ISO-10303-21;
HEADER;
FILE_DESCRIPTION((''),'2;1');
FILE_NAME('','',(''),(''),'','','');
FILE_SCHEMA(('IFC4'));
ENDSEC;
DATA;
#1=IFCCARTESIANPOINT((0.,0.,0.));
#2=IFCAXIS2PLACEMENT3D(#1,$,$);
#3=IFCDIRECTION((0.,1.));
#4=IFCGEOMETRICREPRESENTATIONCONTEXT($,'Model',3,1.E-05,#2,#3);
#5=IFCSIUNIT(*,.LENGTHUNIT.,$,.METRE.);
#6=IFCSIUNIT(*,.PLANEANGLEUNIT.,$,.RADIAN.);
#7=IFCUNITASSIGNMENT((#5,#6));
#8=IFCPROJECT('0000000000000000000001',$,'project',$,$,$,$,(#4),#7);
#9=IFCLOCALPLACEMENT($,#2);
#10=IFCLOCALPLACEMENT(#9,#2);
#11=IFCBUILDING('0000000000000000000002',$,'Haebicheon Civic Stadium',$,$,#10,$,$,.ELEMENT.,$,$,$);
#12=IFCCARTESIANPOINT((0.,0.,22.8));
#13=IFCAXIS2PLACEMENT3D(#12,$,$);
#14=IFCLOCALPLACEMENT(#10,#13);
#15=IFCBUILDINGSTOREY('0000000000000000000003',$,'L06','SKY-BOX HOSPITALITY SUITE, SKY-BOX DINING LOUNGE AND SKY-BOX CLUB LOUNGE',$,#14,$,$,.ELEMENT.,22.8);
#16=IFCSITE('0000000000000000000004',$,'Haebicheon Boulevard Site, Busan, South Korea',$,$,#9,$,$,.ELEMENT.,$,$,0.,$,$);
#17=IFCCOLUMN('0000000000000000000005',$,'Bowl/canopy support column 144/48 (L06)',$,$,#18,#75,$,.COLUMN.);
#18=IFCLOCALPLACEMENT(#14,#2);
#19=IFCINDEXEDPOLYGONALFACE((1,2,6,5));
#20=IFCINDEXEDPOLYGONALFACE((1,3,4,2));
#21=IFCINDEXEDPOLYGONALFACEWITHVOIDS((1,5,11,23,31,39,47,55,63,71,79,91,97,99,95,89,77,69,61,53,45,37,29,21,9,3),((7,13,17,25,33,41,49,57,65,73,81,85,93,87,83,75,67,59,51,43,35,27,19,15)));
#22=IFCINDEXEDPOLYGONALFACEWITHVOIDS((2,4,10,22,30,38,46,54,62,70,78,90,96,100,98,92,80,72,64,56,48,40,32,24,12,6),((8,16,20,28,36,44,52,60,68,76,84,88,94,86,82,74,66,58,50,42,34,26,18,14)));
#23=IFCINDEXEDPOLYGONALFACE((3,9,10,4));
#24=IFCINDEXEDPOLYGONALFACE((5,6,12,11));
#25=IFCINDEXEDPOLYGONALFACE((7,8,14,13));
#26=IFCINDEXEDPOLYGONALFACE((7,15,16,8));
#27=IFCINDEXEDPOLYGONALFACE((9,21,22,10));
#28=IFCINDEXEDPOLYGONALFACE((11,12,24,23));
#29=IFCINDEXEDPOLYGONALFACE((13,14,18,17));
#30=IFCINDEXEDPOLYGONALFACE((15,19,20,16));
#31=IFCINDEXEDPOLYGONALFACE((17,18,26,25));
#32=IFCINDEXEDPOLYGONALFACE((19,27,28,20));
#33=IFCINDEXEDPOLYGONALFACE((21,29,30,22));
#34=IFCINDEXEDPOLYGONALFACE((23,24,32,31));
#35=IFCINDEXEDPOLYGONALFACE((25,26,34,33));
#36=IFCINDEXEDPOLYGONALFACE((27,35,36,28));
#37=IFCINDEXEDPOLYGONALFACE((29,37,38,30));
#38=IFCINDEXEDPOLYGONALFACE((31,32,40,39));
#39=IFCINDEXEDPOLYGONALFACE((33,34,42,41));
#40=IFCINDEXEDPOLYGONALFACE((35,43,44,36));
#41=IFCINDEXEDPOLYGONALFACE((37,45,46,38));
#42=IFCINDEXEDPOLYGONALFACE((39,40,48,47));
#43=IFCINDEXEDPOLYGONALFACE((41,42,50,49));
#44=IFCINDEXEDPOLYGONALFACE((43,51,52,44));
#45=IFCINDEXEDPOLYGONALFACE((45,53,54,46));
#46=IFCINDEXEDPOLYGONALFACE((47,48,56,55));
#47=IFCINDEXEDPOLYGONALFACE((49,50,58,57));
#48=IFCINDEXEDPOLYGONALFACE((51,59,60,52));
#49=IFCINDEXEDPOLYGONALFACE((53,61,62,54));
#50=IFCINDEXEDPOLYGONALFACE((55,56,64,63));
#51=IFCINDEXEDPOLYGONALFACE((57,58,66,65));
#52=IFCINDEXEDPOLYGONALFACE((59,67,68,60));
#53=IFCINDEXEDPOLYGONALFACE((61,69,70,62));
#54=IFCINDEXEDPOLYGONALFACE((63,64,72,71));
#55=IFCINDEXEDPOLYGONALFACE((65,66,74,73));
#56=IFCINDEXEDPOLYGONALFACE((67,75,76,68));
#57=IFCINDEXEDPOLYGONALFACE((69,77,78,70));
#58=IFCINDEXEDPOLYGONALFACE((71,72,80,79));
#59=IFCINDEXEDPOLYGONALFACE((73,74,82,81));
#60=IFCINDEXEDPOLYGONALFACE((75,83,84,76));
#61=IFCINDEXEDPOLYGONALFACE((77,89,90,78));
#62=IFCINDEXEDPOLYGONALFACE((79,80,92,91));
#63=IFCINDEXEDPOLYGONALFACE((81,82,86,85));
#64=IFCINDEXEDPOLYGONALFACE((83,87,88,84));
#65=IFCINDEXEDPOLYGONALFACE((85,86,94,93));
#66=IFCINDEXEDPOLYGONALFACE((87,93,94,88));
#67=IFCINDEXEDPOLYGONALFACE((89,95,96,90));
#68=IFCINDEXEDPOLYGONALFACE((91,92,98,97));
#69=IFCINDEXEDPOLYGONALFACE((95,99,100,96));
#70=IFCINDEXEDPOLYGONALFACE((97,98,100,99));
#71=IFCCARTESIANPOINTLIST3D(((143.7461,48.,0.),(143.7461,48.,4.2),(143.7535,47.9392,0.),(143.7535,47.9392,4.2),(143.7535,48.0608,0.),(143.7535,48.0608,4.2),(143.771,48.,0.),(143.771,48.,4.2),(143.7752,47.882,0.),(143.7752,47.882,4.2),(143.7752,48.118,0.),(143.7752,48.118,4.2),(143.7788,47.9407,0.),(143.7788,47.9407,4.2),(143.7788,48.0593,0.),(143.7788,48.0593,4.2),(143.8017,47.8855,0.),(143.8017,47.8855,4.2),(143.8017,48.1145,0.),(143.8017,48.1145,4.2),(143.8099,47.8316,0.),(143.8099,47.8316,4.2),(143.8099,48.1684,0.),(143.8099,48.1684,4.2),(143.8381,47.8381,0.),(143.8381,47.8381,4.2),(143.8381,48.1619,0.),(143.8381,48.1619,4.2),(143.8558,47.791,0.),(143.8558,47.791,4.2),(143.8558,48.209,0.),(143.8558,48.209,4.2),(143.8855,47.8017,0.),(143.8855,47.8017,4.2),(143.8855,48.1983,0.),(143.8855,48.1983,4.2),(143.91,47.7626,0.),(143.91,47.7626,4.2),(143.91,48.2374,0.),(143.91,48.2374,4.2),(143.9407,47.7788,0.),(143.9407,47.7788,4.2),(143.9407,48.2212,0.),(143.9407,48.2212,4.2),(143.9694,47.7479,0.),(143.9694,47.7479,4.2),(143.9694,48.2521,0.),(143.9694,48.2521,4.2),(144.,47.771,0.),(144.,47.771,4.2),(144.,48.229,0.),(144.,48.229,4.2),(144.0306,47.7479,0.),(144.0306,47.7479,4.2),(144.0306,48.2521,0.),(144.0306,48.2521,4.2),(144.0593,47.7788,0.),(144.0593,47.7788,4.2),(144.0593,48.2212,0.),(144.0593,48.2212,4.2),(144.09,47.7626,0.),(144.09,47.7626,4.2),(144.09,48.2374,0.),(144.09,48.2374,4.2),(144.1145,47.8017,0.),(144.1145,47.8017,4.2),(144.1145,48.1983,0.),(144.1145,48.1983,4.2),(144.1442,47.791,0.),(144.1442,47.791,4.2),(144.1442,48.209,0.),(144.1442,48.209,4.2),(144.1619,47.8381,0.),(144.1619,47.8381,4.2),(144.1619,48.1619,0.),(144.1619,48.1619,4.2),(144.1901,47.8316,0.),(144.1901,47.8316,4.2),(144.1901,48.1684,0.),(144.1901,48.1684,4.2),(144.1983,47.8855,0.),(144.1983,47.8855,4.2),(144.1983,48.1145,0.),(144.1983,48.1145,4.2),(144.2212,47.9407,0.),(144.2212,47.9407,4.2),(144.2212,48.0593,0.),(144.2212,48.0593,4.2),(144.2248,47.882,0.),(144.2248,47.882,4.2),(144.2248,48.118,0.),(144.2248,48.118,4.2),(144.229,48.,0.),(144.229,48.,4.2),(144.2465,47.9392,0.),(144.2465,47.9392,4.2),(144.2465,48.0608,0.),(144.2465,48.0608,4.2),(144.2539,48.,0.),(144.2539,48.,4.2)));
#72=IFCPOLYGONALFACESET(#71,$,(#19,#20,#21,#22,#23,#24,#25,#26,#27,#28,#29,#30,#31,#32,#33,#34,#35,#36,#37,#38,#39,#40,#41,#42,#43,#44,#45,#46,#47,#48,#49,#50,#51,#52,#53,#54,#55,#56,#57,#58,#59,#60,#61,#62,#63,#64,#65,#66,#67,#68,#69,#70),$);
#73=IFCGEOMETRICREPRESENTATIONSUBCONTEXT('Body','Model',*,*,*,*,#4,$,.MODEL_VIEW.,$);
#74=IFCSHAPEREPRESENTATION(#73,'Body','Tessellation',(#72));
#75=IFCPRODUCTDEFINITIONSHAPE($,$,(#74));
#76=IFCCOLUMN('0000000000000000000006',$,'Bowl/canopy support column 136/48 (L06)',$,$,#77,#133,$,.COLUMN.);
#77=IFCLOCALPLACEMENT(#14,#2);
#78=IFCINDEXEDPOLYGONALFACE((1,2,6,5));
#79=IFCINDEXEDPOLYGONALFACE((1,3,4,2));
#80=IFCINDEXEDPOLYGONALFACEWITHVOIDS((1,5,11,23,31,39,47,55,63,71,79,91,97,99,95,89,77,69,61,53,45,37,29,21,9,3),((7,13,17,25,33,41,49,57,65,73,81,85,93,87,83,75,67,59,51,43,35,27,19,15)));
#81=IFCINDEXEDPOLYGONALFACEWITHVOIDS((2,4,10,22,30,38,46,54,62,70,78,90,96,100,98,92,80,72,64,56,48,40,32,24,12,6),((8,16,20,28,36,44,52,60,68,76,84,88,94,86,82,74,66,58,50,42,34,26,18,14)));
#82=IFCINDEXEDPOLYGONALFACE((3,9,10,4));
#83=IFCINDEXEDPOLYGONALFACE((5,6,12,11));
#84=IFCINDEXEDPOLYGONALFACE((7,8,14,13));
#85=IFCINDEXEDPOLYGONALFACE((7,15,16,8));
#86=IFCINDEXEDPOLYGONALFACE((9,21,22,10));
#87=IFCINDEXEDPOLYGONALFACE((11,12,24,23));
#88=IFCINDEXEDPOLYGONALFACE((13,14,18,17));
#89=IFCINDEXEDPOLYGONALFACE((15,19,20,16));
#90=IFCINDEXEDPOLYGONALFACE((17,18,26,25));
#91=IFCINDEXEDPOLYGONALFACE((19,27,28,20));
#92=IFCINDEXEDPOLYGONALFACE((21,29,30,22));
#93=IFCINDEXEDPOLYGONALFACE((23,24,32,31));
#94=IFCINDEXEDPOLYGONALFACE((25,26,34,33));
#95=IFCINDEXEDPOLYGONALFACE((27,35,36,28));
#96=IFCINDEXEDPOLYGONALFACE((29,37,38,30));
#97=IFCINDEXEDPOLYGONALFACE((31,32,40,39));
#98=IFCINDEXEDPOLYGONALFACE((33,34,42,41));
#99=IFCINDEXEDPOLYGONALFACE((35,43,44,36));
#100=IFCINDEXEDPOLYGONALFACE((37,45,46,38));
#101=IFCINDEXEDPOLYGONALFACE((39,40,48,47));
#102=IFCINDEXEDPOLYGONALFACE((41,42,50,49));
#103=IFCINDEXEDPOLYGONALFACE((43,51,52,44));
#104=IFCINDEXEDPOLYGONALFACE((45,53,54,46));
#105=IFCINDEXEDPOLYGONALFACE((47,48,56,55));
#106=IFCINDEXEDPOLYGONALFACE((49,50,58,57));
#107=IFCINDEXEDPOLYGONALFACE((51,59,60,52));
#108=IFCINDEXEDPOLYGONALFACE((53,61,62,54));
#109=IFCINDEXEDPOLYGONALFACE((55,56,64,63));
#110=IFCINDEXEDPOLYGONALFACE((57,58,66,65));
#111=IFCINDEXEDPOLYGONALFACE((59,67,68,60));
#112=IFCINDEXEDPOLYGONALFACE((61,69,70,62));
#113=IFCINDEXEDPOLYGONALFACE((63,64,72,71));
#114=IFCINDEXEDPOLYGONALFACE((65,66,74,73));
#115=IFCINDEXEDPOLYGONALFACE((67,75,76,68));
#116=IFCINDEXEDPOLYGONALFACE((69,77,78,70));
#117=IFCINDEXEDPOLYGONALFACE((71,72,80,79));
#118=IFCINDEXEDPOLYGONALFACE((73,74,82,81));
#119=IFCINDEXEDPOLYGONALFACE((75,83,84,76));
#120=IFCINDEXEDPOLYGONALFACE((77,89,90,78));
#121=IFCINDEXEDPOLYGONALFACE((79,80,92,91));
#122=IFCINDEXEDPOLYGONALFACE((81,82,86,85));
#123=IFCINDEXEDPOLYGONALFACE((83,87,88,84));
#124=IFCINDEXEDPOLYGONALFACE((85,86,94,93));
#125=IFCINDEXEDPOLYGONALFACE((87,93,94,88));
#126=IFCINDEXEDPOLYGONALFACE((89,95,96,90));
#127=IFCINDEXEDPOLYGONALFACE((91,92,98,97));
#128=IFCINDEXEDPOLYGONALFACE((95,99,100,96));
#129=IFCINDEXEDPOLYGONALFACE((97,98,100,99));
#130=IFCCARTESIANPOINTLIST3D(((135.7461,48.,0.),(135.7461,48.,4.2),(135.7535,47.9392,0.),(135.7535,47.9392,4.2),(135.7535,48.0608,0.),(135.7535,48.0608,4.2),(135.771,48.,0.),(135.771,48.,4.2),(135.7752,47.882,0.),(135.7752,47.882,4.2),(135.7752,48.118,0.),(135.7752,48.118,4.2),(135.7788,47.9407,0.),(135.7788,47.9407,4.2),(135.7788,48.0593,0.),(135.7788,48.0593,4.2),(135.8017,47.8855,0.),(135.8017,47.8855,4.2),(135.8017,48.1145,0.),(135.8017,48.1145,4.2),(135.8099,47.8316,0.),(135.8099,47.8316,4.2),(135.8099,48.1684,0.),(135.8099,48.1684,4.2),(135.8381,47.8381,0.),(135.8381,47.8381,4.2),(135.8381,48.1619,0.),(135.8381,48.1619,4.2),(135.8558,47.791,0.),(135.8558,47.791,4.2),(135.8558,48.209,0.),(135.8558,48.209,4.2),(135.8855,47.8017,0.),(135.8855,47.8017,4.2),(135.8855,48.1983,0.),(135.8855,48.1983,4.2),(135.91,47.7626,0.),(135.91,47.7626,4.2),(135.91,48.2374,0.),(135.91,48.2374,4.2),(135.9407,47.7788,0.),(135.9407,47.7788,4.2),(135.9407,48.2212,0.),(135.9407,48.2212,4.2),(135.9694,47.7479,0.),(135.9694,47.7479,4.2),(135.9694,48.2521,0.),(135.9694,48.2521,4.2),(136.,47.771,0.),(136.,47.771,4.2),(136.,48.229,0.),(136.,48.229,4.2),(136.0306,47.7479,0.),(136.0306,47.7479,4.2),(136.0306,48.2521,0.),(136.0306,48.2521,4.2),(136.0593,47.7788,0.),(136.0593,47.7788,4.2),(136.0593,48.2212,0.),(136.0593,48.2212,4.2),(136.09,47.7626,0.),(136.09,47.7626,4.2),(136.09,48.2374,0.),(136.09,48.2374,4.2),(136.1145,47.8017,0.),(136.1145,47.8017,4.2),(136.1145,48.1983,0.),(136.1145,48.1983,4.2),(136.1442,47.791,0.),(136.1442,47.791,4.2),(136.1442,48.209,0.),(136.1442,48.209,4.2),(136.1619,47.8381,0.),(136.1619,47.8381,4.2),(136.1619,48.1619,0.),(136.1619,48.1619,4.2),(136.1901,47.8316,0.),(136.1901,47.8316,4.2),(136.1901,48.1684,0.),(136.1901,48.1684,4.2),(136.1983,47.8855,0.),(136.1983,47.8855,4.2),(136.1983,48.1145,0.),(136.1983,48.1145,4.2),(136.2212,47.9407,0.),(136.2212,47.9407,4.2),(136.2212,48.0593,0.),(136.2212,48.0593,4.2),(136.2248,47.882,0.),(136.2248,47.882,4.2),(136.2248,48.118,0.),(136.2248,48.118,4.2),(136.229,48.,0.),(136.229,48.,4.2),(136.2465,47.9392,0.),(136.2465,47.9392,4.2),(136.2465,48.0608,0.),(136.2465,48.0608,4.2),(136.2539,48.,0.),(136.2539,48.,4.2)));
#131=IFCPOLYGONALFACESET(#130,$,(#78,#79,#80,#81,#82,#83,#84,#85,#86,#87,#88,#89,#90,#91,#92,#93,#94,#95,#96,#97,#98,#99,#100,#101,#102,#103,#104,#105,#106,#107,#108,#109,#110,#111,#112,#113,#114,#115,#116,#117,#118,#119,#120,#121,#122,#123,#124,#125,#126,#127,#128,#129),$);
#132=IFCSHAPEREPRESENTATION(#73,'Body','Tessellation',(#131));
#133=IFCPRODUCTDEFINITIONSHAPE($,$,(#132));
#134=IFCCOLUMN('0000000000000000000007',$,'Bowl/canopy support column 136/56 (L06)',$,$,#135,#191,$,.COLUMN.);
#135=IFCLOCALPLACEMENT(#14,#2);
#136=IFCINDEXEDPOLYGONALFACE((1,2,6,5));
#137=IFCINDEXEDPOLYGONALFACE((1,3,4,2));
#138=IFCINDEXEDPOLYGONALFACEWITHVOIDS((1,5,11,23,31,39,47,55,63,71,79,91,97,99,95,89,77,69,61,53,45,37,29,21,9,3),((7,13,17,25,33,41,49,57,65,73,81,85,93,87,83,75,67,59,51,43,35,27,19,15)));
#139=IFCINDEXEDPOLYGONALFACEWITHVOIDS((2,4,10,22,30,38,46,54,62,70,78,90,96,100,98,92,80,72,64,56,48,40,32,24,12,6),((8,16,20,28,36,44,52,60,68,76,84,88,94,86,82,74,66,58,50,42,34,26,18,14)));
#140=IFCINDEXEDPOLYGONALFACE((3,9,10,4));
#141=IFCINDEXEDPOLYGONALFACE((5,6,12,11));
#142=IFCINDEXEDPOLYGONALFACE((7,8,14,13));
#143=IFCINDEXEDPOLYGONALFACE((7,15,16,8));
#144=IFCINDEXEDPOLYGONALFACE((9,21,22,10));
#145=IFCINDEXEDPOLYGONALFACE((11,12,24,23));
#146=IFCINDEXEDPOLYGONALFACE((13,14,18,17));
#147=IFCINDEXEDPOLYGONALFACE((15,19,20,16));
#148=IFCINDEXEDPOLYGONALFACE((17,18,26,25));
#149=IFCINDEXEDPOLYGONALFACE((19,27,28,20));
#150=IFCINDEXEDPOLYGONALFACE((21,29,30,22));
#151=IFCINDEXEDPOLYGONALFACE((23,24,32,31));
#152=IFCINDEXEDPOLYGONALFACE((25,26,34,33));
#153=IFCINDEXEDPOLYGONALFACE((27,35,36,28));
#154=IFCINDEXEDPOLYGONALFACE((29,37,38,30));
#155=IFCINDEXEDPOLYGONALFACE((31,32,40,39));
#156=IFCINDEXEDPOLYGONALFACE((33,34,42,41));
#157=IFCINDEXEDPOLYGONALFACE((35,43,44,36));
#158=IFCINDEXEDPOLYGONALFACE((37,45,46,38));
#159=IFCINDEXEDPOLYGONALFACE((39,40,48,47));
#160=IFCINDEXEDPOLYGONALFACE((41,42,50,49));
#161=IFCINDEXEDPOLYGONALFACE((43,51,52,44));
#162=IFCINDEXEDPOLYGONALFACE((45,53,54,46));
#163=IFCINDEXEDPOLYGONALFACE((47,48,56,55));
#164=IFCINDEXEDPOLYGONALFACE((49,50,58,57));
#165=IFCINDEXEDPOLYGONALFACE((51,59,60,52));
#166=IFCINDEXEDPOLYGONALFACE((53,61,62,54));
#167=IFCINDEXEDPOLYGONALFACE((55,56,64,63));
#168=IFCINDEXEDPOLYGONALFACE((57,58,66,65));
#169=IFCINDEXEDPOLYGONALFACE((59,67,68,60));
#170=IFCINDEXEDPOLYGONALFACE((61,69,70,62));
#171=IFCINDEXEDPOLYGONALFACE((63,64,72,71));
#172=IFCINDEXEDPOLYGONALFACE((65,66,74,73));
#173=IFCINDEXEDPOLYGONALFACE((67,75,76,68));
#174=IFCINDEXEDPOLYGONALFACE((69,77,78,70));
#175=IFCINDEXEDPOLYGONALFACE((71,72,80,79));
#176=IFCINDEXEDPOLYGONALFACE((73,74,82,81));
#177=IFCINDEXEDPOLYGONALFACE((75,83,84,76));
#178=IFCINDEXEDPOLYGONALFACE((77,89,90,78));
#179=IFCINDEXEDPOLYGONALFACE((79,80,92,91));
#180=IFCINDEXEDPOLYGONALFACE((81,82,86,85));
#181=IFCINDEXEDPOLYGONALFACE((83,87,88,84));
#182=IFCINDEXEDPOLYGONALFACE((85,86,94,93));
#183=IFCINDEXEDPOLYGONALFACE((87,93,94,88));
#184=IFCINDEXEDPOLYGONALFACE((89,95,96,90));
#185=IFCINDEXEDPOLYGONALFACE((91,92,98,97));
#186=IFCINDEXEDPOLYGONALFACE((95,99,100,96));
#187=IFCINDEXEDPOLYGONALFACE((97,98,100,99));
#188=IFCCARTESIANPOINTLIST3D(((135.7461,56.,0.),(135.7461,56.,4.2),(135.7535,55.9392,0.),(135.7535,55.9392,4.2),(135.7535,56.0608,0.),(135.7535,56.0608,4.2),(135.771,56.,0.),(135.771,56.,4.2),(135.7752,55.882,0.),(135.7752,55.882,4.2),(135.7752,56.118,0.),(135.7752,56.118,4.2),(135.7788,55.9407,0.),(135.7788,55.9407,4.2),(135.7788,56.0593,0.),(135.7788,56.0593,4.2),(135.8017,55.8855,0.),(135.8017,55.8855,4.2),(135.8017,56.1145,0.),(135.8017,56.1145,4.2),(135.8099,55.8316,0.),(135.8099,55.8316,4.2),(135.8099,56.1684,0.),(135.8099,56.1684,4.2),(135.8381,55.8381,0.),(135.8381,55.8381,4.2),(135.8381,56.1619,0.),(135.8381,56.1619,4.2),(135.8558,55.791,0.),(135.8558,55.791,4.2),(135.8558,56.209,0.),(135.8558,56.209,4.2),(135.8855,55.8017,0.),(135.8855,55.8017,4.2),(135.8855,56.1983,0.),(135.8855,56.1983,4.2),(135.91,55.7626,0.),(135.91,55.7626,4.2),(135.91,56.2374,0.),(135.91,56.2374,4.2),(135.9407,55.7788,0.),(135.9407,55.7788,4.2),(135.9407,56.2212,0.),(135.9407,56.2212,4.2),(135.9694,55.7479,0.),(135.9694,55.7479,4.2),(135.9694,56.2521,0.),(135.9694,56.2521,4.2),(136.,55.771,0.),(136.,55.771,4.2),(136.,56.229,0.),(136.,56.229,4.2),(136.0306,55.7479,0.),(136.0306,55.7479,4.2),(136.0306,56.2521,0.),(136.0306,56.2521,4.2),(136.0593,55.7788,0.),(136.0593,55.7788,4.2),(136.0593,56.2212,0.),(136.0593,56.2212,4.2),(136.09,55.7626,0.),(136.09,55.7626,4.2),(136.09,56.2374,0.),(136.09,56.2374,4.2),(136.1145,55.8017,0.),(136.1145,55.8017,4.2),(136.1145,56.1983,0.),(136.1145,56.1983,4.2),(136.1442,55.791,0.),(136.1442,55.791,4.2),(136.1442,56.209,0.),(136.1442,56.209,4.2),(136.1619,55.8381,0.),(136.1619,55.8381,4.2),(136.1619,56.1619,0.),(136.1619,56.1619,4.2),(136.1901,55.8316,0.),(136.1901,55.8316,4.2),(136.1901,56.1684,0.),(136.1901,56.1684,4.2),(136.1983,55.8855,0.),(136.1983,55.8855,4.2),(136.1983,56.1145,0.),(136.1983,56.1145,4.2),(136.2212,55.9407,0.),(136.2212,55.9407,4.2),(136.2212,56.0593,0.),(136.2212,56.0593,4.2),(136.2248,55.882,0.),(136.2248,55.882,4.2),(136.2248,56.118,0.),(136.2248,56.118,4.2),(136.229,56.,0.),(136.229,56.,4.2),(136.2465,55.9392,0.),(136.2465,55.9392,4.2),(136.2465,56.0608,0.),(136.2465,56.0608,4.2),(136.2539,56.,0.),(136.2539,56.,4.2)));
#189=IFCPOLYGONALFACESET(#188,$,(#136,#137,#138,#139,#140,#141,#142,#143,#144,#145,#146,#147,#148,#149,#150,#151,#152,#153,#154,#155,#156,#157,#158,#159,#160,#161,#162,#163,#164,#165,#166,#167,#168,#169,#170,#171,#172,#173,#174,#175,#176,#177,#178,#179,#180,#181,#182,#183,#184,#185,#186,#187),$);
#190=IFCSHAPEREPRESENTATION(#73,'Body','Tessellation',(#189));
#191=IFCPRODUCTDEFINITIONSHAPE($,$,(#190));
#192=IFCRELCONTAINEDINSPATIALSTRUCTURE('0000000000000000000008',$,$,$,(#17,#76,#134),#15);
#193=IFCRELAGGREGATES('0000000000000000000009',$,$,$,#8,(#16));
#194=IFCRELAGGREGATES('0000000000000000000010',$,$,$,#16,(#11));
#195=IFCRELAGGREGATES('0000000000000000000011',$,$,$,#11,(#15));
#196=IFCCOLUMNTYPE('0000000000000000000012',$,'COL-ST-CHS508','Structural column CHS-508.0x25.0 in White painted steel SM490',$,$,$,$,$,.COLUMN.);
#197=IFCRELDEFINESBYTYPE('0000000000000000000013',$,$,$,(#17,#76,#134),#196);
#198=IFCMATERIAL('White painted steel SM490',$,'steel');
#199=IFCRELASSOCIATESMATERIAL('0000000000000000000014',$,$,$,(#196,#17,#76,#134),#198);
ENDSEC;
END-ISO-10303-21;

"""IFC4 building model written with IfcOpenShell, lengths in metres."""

from ifc_helpers import new_model, si_unit, direction, frame, origin, origin_2d, place, context, subcontext, project, spatial, hollow_circle, extrude, material, material_profile, profile_set, type_object, element, save


model = new_model("IFC4")

# Units and contexts
model_context = context("Model", 3, precision=1e-05, world=origin(), true_north=direction((0.0, 1.0)))
body_context = subcontext(model_context, "Body", "Model", "MODEL_VIEW")
ifc_project = project(units=[si_unit("LENGTHUNIT", "METRE"), si_unit("PLANEANGLEUNIT", "RADIAN")], contexts=[model_context])

# Site, building, storey
site_placement = place(None, origin())
site = spatial("IfcSite", under=ifc_project, at=site_placement, Name="Haebicheon Boulevard Site, Busan, South Korea", CompositionType="ELEMENT", RefElevation=0.0)
building_placement = place(site_placement, origin())
building = spatial("IfcBuilding", under=site, at=building_placement, Name="Haebicheon Civic Stadium", CompositionType="ELEMENT")
storey_placement = place(building_placement, frame((0.0, 0.0, 22.8)))
storey = spatial("IfcBuildingStorey", under=building, at=storey_placement, Name="L06", Description="SKY-BOX HOSPITALITY SUITE, SKY-BOX DINING LOUNGE AND SKY-BOX CLUB LOUNGE", CompositionType="ELEMENT", Elevation=22.8)

# Columns
ifc_material_1 = material(Name="White painted steel SM490", Category="steel")
ifc_material_profile_1 = material_profile(ifc_material_1, hollow_circle(Radius=0.2539, WallThickness=0.0249, at=origin_2d()), Name="CHS-508.0x25.0")
ifc_profile_set_1 = profile_set([ifc_material_profile_1], Name="White painted steel SM490")
column_type_1 = type_object("IfcColumnType", Name="COL-ST-CHS508", Description="Structural column CHS-508.0x25.0 in White painted steel SM490", PredefinedType="COLUMN", material=ifc_profile_set_1)
for number, where, z_axis, x_axis, name in (
    (1, (144.0, 48.0, 0.0), (0.0, 0.0, 1.0), (1.0, 0.0, 0.0), "Bowl/canopy support column 144/48 (L06)"),
    (2, (136.0, 48.0, 0.0), (0.0, 0.0, 1.0), (1.0, 0.0, 0.0), "Bowl/canopy support column 136/48 (L06)"),
    (3, (136.0, 56.0, 0.0), (0.0, 0.0, 1.0), (1.0, 0.0, 0.0), "Bowl/canopy support column 136/56 (L06)"),
):
    element("IfcColumn", number, at=place(storey_placement, frame(where, z_axis=z_axis, x_axis=x_axis)), inside=storey, type_object=column_type_1, material=ifc_profile_set_1, Name=name, PredefinedType="COLUMN", context=body_context, shape_type="SweptSolid", body=[
        extrude(hollow_circle(Radius=0.2539, WallThickness=0.0249, at=origin_2d()), origin(), (0.0, 0.0, 1.0), 4.2),
    ])

save(model, "model.ifc")
